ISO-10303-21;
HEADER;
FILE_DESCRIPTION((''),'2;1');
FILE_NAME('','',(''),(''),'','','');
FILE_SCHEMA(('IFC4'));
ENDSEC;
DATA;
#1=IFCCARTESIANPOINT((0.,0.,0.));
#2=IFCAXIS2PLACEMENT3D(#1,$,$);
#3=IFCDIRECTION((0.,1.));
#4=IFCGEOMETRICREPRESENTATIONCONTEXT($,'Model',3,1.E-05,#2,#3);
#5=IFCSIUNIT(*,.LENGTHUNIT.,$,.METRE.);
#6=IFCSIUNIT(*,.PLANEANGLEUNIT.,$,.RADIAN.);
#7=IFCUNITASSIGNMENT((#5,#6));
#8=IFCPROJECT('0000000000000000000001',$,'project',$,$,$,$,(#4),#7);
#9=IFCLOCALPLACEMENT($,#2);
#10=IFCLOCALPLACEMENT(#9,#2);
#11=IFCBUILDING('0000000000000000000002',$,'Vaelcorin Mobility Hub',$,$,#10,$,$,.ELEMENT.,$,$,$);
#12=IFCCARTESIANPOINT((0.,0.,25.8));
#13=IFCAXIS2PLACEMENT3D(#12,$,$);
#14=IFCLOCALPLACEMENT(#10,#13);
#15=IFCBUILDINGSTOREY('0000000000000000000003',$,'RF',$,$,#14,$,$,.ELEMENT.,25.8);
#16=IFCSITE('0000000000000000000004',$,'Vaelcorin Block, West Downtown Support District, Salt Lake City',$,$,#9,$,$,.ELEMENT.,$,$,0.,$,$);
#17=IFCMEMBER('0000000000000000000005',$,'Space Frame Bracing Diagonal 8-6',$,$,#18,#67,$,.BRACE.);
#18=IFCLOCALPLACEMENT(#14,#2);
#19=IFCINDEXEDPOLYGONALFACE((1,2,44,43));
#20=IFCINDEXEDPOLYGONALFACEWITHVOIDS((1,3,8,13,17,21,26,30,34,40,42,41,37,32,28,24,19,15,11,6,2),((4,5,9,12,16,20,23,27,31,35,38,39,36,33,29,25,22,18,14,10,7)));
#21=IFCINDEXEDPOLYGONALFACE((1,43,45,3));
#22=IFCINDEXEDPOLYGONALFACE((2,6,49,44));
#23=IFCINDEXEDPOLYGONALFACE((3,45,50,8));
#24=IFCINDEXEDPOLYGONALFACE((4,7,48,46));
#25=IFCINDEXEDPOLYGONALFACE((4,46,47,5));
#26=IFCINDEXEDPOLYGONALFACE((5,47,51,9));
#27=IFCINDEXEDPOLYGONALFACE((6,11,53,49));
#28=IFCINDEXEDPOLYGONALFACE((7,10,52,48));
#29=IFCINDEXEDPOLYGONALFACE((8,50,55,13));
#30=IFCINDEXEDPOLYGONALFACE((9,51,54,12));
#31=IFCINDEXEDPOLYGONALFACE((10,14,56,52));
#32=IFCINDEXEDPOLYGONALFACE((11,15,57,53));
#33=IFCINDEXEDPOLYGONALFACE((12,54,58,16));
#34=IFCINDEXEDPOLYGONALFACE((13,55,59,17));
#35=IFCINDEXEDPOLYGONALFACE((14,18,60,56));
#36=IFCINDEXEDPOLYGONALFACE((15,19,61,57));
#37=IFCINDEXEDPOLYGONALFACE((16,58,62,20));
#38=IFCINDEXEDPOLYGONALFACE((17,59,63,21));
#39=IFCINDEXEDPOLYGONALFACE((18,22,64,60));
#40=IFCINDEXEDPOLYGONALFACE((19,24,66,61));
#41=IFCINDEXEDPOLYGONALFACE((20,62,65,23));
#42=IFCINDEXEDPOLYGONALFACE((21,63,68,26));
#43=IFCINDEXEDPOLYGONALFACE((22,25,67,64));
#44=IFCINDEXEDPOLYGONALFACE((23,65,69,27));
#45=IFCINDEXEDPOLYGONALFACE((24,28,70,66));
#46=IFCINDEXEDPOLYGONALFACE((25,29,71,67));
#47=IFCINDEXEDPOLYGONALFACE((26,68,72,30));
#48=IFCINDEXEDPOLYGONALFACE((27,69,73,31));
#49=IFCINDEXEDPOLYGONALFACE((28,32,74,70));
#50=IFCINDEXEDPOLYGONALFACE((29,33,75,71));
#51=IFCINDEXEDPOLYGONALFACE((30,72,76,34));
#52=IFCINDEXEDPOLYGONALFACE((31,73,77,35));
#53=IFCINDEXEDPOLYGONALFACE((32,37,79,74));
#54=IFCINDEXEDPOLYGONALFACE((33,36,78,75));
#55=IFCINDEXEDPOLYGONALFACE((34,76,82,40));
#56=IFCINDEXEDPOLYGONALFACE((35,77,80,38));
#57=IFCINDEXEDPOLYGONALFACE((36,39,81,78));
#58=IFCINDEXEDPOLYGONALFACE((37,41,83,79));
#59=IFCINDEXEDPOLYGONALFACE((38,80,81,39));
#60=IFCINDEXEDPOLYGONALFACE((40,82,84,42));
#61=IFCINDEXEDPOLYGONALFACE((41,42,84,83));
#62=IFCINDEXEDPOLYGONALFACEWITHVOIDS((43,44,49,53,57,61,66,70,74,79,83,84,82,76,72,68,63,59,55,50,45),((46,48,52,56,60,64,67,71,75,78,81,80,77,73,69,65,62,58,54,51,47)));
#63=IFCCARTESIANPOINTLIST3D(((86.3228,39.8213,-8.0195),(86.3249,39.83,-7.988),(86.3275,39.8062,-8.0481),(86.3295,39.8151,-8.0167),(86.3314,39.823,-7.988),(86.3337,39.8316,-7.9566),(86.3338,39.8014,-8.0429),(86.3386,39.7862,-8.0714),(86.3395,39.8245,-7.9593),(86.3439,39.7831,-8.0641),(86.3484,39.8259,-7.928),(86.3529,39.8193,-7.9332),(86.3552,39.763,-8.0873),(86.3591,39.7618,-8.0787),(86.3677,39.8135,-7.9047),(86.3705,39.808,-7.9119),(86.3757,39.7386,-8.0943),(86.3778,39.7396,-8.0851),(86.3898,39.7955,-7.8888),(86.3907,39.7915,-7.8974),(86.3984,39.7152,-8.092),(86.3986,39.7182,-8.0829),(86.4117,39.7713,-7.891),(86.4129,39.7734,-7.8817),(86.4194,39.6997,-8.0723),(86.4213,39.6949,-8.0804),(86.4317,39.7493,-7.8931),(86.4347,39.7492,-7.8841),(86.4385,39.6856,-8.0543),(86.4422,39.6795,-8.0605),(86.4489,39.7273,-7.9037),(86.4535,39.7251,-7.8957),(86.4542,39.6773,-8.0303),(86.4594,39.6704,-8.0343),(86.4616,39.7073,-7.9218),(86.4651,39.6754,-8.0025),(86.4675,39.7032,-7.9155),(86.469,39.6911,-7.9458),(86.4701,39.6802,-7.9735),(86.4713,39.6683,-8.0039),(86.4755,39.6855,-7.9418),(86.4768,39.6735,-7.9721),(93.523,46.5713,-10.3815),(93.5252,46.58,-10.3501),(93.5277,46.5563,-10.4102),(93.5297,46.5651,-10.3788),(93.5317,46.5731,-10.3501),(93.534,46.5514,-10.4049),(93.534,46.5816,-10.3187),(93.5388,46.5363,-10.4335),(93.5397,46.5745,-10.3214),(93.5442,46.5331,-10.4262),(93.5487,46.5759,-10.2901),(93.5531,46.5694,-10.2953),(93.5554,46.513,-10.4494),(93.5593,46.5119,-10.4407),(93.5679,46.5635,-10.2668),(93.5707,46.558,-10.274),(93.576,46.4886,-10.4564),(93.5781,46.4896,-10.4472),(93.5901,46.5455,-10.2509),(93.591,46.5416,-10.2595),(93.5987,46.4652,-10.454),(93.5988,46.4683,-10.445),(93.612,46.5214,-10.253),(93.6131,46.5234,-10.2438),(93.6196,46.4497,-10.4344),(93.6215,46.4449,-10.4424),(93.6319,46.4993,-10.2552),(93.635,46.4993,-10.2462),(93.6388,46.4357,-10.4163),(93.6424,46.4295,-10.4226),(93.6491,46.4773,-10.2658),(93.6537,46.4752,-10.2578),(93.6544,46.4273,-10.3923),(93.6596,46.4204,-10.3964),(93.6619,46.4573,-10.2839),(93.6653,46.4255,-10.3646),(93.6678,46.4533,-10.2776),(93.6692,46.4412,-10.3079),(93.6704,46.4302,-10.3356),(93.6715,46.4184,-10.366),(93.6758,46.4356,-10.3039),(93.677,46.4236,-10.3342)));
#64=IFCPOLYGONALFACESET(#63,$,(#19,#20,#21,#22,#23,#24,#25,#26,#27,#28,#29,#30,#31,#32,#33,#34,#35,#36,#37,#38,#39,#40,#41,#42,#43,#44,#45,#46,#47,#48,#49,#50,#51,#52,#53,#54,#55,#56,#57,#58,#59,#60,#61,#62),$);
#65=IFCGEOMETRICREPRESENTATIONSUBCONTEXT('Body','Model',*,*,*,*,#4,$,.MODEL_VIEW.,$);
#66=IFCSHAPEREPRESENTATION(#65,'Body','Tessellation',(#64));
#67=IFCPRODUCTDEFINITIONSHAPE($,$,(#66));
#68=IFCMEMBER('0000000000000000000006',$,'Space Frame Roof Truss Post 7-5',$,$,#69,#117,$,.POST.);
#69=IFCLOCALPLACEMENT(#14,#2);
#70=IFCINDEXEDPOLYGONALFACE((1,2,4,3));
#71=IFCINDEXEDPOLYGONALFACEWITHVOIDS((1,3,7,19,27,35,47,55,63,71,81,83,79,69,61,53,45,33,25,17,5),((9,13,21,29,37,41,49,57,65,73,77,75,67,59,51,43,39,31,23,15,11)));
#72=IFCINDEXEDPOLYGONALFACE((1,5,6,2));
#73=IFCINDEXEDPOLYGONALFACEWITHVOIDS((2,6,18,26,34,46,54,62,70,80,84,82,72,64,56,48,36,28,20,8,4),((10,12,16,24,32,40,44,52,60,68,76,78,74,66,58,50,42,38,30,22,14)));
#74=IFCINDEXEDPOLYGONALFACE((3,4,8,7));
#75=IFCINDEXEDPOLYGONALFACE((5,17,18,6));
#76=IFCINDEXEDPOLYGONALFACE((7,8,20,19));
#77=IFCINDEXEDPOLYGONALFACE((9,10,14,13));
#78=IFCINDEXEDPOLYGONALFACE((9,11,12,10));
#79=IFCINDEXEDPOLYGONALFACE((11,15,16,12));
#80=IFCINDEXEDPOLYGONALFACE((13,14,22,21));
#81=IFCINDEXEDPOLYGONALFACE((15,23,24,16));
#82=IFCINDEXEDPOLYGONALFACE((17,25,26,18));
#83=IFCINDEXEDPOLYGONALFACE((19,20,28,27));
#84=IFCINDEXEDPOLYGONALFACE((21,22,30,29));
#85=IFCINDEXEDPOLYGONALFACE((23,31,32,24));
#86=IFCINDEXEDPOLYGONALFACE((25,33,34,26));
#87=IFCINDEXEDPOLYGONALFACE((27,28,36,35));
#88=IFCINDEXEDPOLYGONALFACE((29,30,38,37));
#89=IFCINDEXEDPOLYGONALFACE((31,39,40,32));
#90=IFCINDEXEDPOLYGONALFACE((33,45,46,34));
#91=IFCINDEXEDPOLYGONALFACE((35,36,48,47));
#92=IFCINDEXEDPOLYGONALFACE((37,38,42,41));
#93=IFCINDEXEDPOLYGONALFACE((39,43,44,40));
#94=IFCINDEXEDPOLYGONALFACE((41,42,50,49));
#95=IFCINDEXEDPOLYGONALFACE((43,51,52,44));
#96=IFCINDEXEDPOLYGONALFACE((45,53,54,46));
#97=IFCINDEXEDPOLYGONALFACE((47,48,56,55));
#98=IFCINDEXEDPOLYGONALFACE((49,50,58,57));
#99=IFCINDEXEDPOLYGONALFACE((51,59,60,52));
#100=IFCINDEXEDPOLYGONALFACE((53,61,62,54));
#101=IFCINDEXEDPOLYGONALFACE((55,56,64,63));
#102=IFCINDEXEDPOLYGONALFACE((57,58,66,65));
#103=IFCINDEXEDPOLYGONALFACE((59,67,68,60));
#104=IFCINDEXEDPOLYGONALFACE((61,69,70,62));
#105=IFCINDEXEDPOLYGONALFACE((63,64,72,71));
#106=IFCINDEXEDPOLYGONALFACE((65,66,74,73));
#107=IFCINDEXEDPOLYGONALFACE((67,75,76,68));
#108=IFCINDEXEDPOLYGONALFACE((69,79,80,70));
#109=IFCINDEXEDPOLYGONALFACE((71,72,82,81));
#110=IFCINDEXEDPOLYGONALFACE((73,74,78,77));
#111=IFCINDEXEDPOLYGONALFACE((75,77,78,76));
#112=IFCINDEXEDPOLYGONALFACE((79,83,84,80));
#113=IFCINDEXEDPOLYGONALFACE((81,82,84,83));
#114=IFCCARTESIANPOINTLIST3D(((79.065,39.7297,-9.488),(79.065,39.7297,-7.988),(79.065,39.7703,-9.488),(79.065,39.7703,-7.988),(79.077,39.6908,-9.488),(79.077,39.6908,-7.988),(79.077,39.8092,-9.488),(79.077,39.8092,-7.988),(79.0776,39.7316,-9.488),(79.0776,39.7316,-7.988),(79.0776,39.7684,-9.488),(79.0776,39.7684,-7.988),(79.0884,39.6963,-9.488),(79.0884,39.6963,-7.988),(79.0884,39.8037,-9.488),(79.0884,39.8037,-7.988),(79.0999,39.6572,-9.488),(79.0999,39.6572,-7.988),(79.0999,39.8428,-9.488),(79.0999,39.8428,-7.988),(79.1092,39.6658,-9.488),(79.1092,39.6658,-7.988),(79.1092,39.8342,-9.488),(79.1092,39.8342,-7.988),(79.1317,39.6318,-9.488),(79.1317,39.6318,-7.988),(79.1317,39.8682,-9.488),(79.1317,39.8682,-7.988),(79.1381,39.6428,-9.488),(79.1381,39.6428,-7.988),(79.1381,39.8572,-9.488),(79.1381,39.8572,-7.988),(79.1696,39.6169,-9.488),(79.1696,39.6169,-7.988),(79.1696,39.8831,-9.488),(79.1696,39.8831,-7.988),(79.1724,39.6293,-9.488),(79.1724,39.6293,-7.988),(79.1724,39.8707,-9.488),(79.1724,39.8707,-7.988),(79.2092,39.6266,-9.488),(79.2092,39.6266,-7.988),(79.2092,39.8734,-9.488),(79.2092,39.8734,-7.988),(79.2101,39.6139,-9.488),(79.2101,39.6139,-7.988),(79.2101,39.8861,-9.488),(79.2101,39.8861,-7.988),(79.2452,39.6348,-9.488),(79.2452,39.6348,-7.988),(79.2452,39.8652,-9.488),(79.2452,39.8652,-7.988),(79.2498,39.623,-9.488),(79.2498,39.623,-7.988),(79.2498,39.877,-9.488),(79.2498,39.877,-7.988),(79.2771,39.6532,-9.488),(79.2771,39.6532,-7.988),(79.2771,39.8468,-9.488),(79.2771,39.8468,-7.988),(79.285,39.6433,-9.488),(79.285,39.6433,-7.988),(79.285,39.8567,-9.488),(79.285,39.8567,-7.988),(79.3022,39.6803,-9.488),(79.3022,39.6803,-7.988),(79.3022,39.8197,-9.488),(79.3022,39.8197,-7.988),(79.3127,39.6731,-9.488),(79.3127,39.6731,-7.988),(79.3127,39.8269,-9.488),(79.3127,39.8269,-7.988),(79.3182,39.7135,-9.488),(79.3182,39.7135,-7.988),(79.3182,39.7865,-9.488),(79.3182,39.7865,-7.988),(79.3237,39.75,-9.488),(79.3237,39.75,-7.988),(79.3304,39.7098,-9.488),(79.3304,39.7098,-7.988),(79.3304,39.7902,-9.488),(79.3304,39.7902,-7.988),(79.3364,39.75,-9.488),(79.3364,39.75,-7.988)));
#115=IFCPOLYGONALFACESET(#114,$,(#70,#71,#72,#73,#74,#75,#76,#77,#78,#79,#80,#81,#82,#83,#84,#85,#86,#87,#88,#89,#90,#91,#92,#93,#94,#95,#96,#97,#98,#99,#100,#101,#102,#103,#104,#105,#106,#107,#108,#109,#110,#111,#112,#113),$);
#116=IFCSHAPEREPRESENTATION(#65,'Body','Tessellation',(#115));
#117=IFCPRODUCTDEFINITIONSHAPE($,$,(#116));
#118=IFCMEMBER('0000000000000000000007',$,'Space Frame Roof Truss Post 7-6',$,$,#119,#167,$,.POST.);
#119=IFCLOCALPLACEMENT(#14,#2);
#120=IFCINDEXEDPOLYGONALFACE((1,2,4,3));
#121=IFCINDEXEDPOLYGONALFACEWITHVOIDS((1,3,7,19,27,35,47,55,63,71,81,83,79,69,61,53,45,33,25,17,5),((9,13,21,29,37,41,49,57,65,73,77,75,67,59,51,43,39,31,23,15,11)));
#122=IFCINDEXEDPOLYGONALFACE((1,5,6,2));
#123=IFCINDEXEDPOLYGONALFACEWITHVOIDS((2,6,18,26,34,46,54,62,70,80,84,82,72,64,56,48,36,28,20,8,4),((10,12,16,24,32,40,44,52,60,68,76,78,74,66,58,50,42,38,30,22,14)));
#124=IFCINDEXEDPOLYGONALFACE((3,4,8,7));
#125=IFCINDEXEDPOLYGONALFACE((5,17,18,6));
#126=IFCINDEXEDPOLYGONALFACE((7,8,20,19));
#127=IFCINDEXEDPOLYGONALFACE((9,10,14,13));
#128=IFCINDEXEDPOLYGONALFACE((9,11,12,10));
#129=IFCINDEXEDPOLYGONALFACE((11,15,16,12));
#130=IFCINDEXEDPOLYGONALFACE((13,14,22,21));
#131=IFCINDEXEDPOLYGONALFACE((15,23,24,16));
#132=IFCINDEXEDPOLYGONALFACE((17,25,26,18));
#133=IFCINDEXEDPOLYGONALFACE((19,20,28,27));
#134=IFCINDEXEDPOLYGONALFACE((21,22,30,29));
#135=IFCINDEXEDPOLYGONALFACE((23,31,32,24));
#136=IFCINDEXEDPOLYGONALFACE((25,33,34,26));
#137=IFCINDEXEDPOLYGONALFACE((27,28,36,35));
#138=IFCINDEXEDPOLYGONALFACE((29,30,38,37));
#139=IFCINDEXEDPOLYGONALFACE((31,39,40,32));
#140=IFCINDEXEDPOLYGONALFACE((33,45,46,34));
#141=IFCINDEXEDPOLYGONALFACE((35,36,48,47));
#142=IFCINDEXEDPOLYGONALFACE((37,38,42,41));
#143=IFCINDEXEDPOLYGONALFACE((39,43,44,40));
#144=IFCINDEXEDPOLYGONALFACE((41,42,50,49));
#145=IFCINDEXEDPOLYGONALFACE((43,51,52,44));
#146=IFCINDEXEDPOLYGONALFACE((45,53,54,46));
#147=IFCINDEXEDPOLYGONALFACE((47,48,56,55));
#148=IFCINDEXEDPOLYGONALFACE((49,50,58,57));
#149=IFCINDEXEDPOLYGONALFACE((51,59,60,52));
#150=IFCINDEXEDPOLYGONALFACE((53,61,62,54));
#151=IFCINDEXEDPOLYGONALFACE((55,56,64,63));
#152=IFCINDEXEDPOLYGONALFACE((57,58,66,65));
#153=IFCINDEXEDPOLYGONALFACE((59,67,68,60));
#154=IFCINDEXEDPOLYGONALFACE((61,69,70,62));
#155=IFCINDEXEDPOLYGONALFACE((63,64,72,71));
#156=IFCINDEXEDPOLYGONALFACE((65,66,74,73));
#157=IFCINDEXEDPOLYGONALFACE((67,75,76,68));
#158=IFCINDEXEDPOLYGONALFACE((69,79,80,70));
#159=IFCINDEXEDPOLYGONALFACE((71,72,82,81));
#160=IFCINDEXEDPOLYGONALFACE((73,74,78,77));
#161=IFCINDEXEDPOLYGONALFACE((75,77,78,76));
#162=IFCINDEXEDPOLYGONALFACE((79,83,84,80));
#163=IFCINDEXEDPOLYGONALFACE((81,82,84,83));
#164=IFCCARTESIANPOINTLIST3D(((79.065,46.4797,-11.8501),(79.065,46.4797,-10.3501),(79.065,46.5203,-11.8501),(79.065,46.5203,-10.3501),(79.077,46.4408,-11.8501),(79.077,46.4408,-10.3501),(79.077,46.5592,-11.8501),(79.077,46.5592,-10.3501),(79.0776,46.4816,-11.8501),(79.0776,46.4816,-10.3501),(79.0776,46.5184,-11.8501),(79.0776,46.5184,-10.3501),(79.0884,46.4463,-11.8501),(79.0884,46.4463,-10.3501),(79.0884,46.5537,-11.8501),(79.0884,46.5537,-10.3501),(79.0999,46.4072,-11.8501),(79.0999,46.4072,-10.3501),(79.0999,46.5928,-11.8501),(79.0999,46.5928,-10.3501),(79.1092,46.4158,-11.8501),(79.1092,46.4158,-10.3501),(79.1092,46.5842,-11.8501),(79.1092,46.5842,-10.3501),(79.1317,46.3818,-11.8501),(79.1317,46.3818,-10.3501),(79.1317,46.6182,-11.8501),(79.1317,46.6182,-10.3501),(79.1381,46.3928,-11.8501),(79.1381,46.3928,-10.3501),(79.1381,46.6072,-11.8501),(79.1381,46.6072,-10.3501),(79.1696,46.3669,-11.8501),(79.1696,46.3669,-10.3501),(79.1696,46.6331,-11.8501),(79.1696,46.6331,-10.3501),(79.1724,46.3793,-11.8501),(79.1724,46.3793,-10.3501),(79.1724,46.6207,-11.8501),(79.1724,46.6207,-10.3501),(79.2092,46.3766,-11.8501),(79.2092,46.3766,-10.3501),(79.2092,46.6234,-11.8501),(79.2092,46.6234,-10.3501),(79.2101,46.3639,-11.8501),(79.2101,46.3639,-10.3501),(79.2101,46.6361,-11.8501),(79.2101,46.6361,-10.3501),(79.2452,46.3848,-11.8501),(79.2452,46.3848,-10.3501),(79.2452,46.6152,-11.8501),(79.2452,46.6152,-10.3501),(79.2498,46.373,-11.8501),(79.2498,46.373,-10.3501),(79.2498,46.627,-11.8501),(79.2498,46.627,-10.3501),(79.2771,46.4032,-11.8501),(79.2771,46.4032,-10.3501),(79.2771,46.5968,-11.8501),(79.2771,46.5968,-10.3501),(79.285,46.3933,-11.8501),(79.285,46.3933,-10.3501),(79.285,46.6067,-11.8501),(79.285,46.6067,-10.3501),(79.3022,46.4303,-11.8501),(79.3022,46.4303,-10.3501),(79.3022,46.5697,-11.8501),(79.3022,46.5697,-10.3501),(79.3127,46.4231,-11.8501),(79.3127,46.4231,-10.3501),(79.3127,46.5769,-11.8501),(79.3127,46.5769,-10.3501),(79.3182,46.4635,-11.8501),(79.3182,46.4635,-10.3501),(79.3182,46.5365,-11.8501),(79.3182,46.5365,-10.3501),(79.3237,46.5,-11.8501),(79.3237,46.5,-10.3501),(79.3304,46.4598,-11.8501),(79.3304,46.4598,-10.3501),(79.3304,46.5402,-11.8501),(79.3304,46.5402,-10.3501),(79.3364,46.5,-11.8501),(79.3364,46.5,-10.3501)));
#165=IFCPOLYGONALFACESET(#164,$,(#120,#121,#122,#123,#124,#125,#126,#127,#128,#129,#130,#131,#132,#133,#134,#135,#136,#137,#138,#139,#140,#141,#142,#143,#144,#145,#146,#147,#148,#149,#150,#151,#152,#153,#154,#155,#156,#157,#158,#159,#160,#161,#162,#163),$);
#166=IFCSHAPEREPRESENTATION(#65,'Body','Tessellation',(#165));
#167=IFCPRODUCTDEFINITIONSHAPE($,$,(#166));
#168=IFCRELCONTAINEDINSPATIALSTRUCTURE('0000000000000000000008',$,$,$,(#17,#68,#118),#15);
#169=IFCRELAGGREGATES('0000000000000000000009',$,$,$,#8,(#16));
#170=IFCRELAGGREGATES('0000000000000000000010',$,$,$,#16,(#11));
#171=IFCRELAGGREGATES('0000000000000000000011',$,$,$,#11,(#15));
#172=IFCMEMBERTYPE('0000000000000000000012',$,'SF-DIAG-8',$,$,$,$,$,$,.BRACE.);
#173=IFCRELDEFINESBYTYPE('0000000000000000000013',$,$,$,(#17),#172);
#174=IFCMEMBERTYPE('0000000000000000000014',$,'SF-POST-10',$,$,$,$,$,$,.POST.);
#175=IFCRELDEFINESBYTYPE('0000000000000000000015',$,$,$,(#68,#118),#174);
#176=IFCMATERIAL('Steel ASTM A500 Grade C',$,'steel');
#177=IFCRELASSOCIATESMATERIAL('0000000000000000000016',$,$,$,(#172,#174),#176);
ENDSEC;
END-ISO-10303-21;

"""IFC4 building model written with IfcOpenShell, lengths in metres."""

from ifc_helpers import new_model, si_unit, direction, frame, origin, origin_2d, place, context, subcontext, project, spatial, hollow_circle, extrude, material, material_profile, profile_set, type_object, element, save


model = new_model("IFC4")

# Units and contexts
model_context = context("Model", 3, precision=1e-05, world=origin(), true_north=direction((0.0, 1.0)))
body_context = subcontext(model_context, "Body", "Model", "MODEL_VIEW")
ifc_project = project(units=[si_unit("LENGTHUNIT", "METRE"), si_unit("PLANEANGLEUNIT", "RADIAN")], contexts=[model_context])

# Site, building, storey
site_placement = place(None, origin())
site = spatial("IfcSite", under=ifc_project, at=site_placement, Name="Vaelcorin Block, West Downtown Support District, Salt Lake City", CompositionType="ELEMENT", RefElevation=0.0)
building_placement = place(site_placement, origin())
building = spatial("IfcBuilding", under=site, at=building_placement, Name="Vaelcorin Mobility Hub", CompositionType="ELEMENT")
storey_placement = place(building_placement, frame((0.0, 0.0, 25.8)))
storey = spatial("IfcBuildingStorey", under=building, at=storey_placement, Name="RF", CompositionType="ELEMENT", Elevation=25.8)

# Members
ifc_material_1 = material(Name="Steel ASTM A500 Grade C", Category="steel")
ifc_material_profile_1 = material_profile(ifc_material_1, hollow_circle(Radius=0.1096, WallThickness=0.0095, at=origin_2d()), Name="HSS8.625X0.375")
ifc_profile_set_1 = profile_set([ifc_material_profile_1], Name="Steel ASTM A500 Grade C")
member_type_1 = type_object("IfcMemberType", Name="SF-DIAG-8", PredefinedType="BRACE", material=ifc_profile_set_1)
member_1_placement = place(storey_placement, frame((86.3999, 39.75, -7.988), z_axis=(0.709509, 0.665147, -0.232758), x_axis=(-0.683931, 0.729546, 0.0)))
element("IfcMember", 1, at=member_1_placement, inside=storey, type_object=member_type_1, Name="Space Frame Bracing Diagonal 8-6", PredefinedType="BRACE", context=body_context, shape_type="SweptSolid", body=[
    extrude(hollow_circle(Radius=0.1096, WallThickness=0.0095, at=origin_2d()), origin(), (0.0, 0.0, 1.0), 10.1482),
])
ifc_material_profile_2 = material_profile(ifc_material_1, hollow_circle(Radius=0.1365, WallThickness=0.0127, at=origin_2d()), Name="HSS10.750X0.500")
ifc_profile_set_2 = profile_set([ifc_material_profile_2], Name="Steel ASTM A500 Grade C")
member_type_2 = type_object("IfcMemberType", Name="SF-POST-10", PredefinedType="POST", material=ifc_profile_set_2)
for number, where, z_axis, x_axis, name in (
    (2, (79.2, 39.75, -9.488), (0.0, 0.0, 1.0), (1.0, 0.0, 0.0), "Space Frame Roof Truss Post 7-5"),
    (3, (79.2, 46.5, -11.8501), (0.0, 0.0, 1.0), (1.0, 0.0, 0.0), "Space Frame Roof Truss Post 7-6"),
):
    element("IfcMember", number, at=place(storey_placement, frame(where, z_axis=z_axis, x_axis=x_axis)), inside=storey, type_object=member_type_2, Name=name, PredefinedType="POST", context=body_context, shape_type="SweptSolid", body=[
        extrude(hollow_circle(Radius=0.1365, WallThickness=0.0127, at=origin_2d()), origin(), (0.0, 0.0, 1.0), 1.5),
    ])

save(model, "model.ifc")
